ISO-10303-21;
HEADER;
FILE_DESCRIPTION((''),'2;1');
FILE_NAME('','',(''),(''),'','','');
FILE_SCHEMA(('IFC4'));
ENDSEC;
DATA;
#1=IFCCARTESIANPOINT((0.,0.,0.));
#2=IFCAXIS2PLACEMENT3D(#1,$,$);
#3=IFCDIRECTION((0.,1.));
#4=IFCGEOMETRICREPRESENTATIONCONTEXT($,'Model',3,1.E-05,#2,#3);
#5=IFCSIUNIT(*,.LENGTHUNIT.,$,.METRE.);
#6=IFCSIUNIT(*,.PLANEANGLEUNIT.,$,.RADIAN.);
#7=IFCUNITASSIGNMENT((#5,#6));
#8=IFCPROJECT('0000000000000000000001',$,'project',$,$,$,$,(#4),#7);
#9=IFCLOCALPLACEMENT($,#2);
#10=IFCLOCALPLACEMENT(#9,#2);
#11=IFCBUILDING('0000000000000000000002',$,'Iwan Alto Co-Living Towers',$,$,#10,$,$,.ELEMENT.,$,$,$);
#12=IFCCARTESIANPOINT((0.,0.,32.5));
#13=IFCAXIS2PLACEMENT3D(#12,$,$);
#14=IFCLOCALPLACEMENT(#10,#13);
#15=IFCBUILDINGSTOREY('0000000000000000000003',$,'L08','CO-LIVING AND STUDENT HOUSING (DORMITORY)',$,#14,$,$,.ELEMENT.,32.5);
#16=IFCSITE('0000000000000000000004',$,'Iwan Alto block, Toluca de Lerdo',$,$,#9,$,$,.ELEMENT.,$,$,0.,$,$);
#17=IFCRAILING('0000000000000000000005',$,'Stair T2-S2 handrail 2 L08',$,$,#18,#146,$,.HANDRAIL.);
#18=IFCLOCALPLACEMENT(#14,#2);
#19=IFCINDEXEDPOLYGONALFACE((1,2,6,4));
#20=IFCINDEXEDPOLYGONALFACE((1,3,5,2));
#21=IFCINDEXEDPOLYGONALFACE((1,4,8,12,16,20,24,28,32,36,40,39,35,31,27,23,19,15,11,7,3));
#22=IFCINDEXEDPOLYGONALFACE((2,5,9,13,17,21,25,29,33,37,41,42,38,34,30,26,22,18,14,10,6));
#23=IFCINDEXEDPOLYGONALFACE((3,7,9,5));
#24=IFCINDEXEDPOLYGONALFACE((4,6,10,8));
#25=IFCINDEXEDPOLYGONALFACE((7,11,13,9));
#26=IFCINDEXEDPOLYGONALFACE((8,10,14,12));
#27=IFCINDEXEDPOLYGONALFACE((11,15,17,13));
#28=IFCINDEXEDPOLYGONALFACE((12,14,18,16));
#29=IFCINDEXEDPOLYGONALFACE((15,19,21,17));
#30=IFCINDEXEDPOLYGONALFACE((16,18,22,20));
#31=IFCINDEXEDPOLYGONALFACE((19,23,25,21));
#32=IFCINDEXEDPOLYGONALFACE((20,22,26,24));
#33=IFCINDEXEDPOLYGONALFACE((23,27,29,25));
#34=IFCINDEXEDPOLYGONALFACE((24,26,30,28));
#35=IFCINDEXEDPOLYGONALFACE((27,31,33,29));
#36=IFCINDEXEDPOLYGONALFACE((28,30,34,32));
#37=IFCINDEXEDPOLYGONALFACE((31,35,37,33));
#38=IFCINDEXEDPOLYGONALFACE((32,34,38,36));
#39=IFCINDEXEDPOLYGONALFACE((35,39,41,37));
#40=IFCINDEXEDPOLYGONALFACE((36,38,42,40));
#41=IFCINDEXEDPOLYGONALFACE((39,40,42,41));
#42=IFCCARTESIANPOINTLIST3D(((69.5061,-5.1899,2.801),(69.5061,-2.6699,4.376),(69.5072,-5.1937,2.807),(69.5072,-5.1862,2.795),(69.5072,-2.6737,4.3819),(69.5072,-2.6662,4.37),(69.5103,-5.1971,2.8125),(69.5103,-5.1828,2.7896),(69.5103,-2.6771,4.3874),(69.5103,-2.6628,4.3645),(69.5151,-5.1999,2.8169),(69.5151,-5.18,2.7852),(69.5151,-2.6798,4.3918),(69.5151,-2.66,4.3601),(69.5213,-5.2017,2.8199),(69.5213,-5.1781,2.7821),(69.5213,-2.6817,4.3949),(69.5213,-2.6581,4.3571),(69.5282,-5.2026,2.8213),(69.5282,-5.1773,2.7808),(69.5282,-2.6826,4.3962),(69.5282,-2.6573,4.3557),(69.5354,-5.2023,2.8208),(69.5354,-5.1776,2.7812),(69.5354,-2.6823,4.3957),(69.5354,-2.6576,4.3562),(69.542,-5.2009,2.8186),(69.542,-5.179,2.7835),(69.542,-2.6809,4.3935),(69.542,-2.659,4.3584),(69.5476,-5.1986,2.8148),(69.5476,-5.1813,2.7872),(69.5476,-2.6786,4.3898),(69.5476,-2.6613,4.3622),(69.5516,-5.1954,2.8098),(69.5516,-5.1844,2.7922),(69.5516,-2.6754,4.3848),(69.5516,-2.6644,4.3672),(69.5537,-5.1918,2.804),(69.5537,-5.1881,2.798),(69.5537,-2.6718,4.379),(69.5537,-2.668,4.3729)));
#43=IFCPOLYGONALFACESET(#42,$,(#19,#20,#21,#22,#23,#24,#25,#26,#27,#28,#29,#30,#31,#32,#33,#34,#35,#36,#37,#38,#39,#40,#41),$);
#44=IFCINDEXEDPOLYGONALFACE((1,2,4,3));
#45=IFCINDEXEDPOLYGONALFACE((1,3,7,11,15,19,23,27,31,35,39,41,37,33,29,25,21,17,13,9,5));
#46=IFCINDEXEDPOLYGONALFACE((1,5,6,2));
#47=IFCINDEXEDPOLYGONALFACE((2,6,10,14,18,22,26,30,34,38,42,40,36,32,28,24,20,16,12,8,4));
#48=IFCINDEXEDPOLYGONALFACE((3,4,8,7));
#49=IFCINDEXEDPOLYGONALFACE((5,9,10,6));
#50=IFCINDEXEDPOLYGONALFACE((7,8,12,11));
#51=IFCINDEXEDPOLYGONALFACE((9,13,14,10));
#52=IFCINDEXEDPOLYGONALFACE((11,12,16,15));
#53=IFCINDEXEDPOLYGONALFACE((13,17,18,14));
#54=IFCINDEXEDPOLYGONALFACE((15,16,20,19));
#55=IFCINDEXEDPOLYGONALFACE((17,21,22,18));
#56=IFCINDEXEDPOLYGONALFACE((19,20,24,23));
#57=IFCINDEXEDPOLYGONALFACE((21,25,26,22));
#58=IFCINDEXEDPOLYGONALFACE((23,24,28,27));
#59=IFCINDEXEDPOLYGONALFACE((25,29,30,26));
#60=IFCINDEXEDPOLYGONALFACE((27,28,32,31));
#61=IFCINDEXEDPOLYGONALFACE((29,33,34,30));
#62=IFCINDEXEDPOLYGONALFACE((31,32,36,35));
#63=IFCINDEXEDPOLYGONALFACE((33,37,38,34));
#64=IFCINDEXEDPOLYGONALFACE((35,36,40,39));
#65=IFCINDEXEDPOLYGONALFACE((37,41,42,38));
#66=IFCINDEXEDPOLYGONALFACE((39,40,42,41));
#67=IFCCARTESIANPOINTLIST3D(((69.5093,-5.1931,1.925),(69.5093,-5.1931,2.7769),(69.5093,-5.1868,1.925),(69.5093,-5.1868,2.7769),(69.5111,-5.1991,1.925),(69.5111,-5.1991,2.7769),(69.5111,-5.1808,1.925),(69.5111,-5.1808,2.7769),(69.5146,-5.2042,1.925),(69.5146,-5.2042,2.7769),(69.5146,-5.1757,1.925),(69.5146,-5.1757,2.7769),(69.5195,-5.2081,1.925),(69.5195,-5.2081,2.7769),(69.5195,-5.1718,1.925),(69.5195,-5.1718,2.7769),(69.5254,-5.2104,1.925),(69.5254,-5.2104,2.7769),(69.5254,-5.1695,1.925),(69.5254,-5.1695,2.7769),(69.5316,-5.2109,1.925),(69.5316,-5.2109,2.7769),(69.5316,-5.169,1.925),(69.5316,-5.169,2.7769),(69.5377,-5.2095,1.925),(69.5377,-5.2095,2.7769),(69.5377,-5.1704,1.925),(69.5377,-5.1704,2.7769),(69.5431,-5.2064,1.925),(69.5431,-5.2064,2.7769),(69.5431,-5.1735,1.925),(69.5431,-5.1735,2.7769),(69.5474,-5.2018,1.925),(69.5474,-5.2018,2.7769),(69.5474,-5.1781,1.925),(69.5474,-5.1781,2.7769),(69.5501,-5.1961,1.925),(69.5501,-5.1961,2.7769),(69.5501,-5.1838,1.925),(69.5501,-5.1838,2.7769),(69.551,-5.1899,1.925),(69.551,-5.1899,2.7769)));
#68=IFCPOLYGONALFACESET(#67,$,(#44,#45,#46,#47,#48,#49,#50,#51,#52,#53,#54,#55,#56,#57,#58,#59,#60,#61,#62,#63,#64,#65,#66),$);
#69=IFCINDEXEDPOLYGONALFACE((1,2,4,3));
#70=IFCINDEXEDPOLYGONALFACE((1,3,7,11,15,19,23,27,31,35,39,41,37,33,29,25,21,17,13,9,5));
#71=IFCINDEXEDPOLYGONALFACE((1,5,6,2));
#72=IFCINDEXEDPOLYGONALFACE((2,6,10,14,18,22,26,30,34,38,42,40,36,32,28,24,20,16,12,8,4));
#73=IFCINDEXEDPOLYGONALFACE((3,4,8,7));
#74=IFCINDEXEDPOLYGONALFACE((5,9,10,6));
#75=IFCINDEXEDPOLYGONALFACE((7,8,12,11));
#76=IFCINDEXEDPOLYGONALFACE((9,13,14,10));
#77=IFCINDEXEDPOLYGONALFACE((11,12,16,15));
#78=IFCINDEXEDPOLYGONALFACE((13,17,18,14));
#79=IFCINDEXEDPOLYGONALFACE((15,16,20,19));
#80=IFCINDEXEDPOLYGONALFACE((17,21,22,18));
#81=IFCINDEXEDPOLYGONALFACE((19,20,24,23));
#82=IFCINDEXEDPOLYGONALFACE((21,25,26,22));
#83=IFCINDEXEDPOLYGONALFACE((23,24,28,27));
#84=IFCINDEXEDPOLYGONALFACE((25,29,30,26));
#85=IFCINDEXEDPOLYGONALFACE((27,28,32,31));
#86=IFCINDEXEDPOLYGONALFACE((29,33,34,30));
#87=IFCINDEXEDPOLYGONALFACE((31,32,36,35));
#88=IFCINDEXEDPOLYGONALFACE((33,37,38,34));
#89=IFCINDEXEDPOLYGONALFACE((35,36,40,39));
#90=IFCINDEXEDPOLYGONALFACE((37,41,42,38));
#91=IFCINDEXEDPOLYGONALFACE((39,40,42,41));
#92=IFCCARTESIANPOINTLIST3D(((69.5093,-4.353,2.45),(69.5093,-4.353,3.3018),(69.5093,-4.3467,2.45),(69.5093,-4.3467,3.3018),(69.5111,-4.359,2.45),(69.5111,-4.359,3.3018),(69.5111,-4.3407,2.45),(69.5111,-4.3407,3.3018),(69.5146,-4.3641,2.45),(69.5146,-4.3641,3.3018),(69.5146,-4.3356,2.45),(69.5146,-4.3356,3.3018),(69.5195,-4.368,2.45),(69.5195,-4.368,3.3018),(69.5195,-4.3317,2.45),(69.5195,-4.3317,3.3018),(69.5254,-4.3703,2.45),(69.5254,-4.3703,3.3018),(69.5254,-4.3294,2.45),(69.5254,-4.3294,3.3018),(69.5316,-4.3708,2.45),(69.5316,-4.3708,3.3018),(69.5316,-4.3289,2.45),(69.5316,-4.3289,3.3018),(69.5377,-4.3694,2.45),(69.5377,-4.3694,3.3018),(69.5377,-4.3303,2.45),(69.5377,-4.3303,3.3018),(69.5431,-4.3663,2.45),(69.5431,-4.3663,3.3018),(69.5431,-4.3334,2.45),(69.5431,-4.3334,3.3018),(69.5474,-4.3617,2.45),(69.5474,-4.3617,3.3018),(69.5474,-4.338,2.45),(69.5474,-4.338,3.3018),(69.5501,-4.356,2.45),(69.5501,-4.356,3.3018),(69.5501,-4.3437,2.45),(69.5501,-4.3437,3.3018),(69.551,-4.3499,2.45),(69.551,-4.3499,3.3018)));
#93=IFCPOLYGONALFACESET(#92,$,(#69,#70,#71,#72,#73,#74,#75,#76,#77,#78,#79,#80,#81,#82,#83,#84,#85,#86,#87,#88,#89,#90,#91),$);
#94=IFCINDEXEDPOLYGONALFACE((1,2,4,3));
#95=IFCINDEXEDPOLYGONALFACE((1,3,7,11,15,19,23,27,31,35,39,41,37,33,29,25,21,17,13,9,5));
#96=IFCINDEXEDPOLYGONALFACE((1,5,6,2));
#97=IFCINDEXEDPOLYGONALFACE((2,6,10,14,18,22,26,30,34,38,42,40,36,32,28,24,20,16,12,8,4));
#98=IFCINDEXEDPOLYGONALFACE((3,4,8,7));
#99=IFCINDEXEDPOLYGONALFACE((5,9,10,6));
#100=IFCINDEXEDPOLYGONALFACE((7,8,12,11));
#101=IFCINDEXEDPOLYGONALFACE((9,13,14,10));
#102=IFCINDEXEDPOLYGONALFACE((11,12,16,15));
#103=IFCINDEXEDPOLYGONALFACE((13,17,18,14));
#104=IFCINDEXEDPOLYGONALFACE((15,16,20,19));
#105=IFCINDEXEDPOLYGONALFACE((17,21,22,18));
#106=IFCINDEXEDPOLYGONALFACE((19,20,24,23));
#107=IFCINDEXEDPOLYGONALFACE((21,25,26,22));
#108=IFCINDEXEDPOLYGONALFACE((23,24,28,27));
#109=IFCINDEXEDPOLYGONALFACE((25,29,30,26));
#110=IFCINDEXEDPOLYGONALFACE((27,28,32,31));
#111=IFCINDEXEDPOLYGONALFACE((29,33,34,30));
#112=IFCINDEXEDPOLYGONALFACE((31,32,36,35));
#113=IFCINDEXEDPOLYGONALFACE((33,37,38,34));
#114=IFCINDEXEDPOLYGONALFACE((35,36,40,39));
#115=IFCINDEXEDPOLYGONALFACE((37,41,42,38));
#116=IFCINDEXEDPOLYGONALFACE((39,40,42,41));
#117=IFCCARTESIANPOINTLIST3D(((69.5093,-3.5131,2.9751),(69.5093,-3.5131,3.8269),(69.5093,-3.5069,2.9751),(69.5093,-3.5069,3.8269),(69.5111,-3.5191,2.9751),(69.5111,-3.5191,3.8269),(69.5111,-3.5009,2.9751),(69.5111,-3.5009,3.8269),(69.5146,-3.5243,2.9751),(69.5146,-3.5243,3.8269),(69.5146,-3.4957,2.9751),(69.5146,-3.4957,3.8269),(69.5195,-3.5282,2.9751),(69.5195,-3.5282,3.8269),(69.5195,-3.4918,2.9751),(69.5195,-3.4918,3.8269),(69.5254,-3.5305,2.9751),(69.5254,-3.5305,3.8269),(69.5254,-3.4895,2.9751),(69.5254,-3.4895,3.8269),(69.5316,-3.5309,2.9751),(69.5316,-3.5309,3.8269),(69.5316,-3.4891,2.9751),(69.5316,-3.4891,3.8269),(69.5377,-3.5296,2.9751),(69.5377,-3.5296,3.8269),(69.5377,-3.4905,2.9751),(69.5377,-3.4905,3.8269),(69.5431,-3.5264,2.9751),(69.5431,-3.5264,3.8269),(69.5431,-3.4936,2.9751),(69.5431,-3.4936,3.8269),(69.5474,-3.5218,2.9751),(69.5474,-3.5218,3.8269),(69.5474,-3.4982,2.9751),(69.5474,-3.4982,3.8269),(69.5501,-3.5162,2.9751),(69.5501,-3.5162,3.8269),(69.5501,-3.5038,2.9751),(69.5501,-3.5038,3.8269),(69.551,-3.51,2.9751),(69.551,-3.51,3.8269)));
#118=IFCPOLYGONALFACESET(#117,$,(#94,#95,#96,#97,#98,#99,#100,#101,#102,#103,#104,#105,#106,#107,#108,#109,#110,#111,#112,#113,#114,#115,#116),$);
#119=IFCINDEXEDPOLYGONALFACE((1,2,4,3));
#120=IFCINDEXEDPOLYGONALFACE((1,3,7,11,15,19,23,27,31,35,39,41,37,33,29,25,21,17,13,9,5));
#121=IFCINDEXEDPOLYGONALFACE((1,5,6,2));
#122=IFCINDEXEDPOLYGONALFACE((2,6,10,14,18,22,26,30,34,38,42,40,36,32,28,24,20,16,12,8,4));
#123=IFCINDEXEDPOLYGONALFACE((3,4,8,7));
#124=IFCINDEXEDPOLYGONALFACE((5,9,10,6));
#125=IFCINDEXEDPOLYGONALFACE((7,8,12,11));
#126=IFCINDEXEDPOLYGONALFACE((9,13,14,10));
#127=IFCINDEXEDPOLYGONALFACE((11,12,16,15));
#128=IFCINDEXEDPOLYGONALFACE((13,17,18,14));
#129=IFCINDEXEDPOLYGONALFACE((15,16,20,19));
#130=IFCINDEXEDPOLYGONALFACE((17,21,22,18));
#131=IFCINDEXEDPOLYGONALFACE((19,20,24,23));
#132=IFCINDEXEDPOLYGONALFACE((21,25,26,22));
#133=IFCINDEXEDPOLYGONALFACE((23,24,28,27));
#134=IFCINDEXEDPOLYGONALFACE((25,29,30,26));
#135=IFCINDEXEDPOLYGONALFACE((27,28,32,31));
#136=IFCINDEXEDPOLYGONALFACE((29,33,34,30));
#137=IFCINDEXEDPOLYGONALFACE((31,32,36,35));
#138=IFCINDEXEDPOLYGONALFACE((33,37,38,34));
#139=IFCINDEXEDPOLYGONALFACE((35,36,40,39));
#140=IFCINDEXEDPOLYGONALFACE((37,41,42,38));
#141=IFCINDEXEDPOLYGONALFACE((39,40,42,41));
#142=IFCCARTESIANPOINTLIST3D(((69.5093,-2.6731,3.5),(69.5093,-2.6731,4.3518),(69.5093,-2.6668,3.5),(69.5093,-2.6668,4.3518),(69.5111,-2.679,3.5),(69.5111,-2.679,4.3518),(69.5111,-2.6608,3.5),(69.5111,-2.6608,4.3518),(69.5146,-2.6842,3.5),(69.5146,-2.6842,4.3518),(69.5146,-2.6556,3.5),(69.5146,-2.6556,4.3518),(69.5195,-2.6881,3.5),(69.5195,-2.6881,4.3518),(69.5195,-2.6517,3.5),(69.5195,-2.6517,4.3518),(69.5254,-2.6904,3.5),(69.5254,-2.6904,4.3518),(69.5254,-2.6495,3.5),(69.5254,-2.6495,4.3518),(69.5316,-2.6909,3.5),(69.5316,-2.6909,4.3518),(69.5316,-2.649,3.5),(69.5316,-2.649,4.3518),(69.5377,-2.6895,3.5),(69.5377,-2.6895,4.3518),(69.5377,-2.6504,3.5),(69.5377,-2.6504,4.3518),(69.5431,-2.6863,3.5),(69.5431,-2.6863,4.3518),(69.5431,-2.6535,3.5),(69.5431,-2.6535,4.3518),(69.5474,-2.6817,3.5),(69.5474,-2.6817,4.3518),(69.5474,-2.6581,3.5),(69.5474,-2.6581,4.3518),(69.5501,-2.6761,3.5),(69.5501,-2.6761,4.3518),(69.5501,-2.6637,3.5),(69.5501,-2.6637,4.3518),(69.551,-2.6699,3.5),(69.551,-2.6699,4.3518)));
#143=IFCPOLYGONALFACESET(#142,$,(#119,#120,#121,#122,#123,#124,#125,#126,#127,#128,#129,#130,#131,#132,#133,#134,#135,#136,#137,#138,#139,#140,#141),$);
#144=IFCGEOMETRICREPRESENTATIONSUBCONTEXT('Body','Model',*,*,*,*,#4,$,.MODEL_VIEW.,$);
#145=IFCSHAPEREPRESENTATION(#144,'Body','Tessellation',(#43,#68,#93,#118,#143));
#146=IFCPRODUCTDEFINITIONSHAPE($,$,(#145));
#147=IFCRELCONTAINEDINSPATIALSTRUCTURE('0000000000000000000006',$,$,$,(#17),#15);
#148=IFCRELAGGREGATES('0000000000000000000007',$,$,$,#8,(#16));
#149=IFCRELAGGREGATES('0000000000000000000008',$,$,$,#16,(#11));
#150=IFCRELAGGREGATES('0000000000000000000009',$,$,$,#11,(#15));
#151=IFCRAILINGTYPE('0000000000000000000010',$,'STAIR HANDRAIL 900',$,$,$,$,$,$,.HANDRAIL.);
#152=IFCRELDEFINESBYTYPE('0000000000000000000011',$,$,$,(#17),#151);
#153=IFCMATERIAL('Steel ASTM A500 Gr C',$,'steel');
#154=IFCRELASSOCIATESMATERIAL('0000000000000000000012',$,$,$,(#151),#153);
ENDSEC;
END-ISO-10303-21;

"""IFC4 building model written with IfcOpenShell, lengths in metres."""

from ifc_helpers import new_model, si_unit, direction, frame, origin, origin_2d, place, context, subcontext, project, spatial, circle, extrude, material, type_object, element, save


model = new_model("IFC4")

# Units and contexts
model_context = context("Model", 3, precision=1e-05, world=origin(), true_north=direction((0.0, 1.0)))
body_context = subcontext(model_context, "Body", "Model", "MODEL_VIEW")
ifc_project = project(units=[si_unit("LENGTHUNIT", "METRE"), si_unit("PLANEANGLEUNIT", "RADIAN")], contexts=[model_context])

# Site, building, storey
site_placement = place(None, origin())
site = spatial("IfcSite", under=ifc_project, at=site_placement, Name="Iwan Alto block, Toluca de Lerdo", CompositionType="ELEMENT", RefElevation=0.0)
building_placement = place(site_placement, origin())
building = spatial("IfcBuilding", under=site, at=building_placement, Name="Iwan Alto Co-Living Towers", CompositionType="ELEMENT")
storey_placement = place(building_placement, frame((0.0, 0.0, 32.5)))
storey = spatial("IfcBuildingStorey", under=building, at=storey_placement, Name="L08", Description="CO-LIVING AND STUDENT HOUSING (DORMITORY)", CompositionType="ELEMENT", Elevation=32.5)

# Railing
ifc_material_1 = material(Name="Steel ASTM A500 Gr C", Category="steel")
railing_type_1 = type_object("IfcRailingType", Name="STAIR HANDRAIL 900", PredefinedType="HANDRAIL", material=ifc_material_1)
railing_1_placement = place(storey_placement, frame((69.53, -5.1899, 1.925)))
element("IfcRailing", 1, at=railing_1_placement, inside=storey, type_object=railing_type_1, Name="Stair T2-S2 handrail 2 L08", PredefinedType="HANDRAIL", context=body_context, shape_type="SweptSolid", body=[
    extrude(circle(Radius=0.0239, at=origin_2d()), frame((0.0, 0.0, 0.876), z_axis=(0.0, 0.848008, 0.529984), x_axis=(-1.0, 0.0, 0.0)), (0.0, 0.0, 1.0), 2.9717),
    extrude(circle(Radius=0.021, at=origin_2d()), origin(), (0.0, 0.0, 1.0), 0.8518),
    extrude(circle(Radius=0.021, at=origin_2d()), frame((0.0, 0.8401, 0.5249)), (0.0, 0.0, 1.0), 0.8518),
    extrude(circle(Radius=0.021, at=origin_2d()), frame((0.0, 1.6799, 1.05)), (0.0, 0.0, 1.0), 0.8518),
    extrude(circle(Radius=0.021, at=origin_2d()), frame((0.0, 2.52, 1.575)), (0.0, 0.0, 1.0), 0.8518),
])

save(model, "model.ifc")
